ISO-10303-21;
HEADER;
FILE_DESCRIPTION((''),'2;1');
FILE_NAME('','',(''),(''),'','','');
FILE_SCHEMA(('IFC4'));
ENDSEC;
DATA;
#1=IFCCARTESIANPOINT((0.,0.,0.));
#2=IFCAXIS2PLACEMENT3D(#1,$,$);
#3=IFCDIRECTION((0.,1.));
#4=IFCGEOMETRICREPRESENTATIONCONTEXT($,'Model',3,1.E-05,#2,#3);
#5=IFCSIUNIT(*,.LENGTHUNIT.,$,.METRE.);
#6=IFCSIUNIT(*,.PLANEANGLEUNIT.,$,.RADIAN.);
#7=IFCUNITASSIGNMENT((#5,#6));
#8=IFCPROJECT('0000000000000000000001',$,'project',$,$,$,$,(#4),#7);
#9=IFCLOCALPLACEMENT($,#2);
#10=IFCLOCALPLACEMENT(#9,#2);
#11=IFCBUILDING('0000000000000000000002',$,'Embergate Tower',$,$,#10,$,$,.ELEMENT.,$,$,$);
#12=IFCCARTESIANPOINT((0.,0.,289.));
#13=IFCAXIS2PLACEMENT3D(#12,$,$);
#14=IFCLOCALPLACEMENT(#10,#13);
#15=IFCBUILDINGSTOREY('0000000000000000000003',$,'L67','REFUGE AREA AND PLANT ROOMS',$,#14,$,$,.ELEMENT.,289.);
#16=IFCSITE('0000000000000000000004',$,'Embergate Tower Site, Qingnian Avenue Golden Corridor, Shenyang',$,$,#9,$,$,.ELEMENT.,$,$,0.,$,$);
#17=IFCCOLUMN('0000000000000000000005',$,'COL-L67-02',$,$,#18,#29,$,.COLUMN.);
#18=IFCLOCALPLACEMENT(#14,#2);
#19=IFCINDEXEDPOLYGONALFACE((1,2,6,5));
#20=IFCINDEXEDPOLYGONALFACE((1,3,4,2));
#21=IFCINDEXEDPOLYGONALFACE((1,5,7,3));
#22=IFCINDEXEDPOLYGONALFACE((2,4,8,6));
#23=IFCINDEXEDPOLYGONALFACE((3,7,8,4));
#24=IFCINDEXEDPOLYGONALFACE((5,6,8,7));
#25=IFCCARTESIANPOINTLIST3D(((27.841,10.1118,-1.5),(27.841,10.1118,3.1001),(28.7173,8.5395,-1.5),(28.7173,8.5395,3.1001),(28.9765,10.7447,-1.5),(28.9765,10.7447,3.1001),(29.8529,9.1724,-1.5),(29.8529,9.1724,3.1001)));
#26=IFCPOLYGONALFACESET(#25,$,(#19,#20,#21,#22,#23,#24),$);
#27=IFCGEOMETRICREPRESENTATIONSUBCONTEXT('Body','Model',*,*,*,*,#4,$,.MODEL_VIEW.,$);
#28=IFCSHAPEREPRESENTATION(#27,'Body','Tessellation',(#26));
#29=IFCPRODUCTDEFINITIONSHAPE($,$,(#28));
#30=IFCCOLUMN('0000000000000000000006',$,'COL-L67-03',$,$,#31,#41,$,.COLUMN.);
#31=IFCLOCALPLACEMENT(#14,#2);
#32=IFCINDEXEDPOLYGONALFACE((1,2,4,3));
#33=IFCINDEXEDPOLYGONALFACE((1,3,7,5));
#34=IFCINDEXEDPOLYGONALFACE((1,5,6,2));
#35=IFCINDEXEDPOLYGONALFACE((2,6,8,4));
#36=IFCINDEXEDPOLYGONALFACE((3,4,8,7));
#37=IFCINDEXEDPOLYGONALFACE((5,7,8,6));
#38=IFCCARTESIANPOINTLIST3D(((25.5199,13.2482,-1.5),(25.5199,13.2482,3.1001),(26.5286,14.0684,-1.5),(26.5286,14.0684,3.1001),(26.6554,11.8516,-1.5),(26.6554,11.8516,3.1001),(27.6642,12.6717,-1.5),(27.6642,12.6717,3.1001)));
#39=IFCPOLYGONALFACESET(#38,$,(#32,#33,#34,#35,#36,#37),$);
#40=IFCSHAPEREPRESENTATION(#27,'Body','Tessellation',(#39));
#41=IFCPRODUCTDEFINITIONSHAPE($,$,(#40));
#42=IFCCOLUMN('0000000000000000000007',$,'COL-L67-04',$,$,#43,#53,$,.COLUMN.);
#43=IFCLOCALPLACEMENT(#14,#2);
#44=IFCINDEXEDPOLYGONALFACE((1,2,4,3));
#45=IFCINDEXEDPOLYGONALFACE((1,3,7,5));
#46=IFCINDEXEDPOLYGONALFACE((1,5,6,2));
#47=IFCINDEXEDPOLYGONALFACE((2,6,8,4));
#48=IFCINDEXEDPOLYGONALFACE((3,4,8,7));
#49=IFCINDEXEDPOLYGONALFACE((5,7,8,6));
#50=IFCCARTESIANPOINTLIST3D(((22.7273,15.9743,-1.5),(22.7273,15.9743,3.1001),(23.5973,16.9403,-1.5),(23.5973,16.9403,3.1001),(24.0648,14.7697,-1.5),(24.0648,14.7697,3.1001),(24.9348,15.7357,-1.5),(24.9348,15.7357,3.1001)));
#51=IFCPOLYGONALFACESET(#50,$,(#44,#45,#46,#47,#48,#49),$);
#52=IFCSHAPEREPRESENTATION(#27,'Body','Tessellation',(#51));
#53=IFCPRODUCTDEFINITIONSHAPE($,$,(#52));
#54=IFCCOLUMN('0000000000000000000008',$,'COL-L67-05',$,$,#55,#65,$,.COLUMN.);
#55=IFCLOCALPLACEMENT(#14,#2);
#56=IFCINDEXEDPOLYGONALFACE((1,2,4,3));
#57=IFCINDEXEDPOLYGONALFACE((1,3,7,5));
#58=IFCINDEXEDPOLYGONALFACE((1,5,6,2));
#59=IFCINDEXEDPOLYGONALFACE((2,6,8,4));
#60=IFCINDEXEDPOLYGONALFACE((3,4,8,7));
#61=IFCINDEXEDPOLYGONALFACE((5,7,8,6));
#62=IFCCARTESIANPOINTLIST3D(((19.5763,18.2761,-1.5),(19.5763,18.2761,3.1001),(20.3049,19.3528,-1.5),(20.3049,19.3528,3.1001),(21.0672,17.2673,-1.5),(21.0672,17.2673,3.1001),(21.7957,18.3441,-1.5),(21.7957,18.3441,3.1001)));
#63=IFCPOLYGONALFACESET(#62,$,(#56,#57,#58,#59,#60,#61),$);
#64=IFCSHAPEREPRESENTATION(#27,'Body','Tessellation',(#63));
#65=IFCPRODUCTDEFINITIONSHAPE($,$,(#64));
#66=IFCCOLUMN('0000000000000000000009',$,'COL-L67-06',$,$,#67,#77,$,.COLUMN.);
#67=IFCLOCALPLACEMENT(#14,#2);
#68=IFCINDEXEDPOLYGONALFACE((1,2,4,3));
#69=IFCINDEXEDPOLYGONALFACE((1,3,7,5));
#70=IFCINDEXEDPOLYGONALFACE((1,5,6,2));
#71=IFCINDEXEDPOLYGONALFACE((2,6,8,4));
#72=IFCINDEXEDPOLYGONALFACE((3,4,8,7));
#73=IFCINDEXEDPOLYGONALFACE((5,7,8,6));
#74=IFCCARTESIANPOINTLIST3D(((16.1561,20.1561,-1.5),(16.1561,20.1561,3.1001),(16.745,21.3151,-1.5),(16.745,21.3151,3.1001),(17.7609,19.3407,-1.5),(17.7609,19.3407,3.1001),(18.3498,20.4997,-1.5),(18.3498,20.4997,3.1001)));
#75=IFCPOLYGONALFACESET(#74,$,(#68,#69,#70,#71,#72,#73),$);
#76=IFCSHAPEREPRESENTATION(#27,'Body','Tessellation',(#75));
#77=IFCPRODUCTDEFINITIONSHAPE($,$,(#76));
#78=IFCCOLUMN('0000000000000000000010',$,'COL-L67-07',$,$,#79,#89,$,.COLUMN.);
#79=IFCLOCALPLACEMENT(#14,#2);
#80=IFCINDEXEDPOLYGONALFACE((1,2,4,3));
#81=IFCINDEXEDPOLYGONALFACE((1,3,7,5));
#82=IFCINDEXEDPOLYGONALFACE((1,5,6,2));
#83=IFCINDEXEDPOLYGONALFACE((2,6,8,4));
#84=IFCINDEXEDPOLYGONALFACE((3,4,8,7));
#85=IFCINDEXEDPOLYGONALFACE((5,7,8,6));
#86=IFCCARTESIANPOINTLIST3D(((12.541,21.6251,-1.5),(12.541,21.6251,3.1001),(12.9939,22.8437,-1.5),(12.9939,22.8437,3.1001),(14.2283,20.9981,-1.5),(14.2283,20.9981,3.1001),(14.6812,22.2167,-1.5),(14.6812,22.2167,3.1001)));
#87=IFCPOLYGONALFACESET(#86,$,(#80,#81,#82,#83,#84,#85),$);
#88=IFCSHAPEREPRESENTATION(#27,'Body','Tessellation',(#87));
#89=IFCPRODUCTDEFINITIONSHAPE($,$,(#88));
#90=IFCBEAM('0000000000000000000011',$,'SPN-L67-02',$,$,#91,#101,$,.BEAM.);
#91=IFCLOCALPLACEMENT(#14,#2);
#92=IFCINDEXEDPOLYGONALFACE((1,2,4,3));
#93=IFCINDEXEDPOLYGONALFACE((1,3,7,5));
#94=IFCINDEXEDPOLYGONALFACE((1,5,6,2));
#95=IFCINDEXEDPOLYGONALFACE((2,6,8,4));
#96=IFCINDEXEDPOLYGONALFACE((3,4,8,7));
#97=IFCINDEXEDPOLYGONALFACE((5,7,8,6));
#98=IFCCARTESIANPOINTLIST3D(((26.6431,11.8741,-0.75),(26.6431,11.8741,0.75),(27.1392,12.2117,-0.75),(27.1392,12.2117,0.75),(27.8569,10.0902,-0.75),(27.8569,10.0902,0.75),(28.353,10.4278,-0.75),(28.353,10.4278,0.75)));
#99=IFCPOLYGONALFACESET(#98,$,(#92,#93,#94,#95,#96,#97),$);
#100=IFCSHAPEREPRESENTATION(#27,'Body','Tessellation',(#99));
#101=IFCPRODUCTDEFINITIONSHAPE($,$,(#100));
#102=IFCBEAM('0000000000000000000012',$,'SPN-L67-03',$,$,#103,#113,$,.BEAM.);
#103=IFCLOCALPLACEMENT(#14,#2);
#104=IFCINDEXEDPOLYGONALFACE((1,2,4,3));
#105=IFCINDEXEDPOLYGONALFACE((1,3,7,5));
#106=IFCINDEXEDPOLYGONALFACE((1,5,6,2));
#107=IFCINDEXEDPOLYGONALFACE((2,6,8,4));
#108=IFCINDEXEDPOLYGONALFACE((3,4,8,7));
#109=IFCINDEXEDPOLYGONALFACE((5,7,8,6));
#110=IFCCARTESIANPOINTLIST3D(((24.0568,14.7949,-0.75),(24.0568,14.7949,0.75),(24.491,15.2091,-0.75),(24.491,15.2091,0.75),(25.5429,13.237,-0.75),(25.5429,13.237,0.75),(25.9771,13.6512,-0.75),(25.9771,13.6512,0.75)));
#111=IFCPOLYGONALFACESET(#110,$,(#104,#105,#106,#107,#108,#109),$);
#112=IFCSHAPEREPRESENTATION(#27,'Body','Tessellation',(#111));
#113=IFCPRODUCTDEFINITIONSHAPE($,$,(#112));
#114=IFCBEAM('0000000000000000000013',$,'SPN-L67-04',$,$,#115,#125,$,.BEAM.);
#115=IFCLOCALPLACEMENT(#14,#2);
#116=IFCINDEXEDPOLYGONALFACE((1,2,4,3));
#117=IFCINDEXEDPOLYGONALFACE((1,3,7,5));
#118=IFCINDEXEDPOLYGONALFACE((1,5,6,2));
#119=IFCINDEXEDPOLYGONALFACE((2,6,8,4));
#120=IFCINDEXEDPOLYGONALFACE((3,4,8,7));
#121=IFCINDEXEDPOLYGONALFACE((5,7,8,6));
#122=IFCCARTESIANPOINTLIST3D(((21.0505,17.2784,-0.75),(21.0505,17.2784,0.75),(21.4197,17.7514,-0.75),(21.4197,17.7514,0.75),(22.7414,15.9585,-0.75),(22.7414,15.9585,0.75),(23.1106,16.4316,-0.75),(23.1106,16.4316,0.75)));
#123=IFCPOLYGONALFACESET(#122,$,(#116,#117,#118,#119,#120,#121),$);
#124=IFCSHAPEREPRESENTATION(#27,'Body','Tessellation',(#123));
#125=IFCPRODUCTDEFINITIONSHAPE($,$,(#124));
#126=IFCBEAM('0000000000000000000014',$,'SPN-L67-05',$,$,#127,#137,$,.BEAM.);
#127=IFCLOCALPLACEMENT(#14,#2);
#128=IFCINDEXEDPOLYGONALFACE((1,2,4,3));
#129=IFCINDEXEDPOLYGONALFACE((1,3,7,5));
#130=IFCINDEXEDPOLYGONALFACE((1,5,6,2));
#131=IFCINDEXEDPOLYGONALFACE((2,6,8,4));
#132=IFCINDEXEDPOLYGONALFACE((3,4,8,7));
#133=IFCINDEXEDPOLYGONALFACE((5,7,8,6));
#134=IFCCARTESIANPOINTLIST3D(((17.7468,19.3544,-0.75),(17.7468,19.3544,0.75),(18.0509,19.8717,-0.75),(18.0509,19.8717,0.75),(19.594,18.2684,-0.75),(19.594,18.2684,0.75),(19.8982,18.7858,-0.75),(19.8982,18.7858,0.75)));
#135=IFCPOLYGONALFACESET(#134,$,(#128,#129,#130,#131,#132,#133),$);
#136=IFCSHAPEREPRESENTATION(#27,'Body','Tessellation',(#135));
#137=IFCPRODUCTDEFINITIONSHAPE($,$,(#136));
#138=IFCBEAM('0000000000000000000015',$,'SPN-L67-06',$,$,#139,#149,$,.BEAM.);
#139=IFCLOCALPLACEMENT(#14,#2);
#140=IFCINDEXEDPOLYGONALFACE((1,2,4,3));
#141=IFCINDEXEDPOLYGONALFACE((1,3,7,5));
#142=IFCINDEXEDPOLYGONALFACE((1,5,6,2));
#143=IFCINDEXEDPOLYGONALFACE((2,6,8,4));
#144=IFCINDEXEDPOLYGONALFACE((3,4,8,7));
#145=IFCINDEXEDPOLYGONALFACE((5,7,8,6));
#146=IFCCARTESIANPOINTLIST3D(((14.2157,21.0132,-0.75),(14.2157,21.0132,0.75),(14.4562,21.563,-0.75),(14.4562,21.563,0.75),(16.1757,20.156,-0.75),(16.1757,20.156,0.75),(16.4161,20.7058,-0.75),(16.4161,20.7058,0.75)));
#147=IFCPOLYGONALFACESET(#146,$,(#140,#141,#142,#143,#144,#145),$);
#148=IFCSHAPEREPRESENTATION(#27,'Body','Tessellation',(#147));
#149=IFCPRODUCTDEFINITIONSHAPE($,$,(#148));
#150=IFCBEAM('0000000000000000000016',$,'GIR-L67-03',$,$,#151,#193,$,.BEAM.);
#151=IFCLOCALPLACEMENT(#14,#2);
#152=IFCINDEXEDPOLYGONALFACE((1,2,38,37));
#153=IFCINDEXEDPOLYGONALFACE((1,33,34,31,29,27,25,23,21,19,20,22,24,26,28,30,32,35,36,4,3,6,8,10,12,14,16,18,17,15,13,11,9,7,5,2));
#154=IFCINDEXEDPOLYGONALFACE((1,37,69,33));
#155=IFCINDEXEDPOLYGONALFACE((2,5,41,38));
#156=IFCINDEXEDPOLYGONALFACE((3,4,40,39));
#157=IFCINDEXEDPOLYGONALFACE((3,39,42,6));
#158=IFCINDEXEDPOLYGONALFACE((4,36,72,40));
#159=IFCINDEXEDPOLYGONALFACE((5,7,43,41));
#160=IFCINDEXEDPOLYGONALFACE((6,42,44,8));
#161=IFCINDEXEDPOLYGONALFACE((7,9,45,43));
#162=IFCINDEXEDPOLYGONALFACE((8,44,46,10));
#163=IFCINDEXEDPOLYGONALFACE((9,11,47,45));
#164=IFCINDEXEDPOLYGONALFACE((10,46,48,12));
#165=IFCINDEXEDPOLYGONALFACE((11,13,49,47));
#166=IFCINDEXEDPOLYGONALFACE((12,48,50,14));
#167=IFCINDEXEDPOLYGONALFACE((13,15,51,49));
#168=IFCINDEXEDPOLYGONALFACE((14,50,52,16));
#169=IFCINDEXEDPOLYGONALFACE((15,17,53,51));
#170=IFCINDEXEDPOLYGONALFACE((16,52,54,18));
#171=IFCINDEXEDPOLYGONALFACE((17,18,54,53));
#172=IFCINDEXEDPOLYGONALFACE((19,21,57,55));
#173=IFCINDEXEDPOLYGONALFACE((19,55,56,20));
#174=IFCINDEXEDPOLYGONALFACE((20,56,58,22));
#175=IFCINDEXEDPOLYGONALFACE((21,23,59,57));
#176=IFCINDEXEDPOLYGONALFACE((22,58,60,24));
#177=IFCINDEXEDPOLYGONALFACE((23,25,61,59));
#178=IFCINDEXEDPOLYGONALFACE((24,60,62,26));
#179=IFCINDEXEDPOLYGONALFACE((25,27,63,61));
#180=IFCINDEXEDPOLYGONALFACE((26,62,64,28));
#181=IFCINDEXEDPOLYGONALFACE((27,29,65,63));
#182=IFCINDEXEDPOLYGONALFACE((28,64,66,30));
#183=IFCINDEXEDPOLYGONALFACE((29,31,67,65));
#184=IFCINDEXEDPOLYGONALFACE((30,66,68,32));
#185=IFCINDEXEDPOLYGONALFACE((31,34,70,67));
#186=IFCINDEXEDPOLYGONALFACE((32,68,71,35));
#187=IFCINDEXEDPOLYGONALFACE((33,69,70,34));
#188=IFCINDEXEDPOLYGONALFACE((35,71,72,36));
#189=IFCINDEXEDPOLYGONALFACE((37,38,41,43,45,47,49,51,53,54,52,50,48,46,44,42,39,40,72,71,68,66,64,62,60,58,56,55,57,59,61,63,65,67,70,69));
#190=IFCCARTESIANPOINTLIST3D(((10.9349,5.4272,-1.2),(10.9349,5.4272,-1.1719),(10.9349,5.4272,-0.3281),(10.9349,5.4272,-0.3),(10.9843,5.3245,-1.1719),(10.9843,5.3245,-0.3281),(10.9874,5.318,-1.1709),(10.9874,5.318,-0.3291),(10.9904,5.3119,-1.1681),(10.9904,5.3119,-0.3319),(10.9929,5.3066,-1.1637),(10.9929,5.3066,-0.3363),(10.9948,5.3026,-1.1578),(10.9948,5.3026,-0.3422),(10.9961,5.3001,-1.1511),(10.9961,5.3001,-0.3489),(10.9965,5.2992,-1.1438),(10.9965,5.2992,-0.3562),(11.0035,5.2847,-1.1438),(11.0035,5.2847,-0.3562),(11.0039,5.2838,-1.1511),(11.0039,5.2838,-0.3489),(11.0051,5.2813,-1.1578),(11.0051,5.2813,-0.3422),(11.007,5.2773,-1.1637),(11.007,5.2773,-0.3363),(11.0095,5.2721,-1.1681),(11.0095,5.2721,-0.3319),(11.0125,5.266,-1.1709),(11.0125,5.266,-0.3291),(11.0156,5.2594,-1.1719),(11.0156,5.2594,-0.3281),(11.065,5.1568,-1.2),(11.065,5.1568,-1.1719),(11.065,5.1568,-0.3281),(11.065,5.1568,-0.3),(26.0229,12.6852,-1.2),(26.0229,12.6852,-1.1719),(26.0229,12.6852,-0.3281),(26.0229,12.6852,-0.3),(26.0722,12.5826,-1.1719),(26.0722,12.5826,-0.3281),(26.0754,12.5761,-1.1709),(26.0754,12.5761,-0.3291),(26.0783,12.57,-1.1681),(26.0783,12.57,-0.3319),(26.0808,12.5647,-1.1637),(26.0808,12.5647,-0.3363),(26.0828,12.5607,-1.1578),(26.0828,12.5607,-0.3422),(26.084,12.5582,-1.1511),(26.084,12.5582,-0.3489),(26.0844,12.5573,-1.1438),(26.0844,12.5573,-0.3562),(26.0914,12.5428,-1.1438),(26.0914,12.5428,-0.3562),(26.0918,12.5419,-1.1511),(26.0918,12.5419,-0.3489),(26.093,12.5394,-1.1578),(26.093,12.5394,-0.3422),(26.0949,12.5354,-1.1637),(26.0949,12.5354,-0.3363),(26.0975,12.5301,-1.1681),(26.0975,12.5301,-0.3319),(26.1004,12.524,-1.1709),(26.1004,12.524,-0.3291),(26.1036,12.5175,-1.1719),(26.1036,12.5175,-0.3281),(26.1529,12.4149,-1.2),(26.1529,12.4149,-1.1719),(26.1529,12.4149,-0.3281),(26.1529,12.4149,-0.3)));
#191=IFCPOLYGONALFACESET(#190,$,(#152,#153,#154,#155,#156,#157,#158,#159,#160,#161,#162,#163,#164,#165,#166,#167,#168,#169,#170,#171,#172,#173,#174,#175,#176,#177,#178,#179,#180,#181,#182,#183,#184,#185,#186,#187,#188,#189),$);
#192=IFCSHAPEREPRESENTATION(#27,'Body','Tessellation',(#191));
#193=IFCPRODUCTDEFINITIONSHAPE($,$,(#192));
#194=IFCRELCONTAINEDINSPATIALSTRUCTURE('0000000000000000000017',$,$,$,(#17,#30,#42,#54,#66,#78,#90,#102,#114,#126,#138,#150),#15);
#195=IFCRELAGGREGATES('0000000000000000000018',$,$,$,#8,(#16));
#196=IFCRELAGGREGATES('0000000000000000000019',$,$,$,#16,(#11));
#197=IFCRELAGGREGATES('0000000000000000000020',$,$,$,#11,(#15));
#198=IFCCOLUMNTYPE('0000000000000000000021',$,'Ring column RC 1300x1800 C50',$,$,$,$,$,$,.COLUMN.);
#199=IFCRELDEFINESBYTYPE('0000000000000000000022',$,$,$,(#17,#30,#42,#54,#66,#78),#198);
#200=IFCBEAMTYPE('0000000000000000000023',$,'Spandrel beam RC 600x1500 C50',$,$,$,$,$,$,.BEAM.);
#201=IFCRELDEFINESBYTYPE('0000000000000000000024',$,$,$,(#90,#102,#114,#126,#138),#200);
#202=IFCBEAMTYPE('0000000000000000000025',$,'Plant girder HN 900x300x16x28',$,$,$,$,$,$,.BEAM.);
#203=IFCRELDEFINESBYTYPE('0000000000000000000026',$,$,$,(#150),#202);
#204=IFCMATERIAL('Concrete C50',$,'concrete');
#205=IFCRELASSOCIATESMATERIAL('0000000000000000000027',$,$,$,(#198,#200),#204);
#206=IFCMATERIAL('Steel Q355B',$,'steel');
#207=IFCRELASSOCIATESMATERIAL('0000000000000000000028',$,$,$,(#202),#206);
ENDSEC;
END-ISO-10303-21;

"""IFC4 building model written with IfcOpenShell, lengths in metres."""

from ifc_helpers import new_model, si_unit, direction, frame, origin, origin_2d, place, context, subcontext, project, spatial, rectangle, i_section, extrude, source, transform, mapped, material, material_profile, profile_set, type_object, element, save


model = new_model("IFC4")

# Units and contexts
model_context = context("Model", 3, precision=1e-05, world=origin(), true_north=direction((0.0, 1.0)))
body_context = subcontext(model_context, "Body", "Model", "MODEL_VIEW")
ifc_project = project(units=[si_unit("LENGTHUNIT", "METRE"), si_unit("PLANEANGLEUNIT", "RADIAN")], contexts=[model_context])

# Site, building, storey
site_placement = place(None, origin())
site = spatial("IfcSite", under=ifc_project, at=site_placement, Name="Embergate Tower Site, Qingnian Avenue Golden Corridor, Shenyang", CompositionType="ELEMENT", RefElevation=0.0)
building_placement = place(site_placement, origin())
building = spatial("IfcBuilding", under=site, at=building_placement, Name="Embergate Tower", CompositionType="ELEMENT")
storey_placement = place(building_placement, frame((0.0, 0.0, 289.0)))
storey = spatial("IfcBuildingStorey", under=building, at=storey_placement, Name="L67", Description="REFUGE AREA AND PLANT ROOMS", CompositionType="ELEMENT", Elevation=289.0)

# Columns
ifc_material_1 = material(Name="Concrete C50", Category="concrete")
ifc_material_profile_1 = material_profile(ifc_material_1, rectangle(XDim=1.3, YDim=1.8, at=origin_2d()), Name="RC 1300x1800")
ifc_profile_set_1 = profile_set([ifc_material_profile_1], Name="Concrete C50")
column_type = type_object("IfcColumnType", Name="Ring column RC 1300x1800 C50", PredefinedType="COLUMN", material=ifc_profile_set_1)
shared_shape_1 = source(origin(), body_context, "Body", "SweptSolid", [
    extrude(rectangle(XDim=1.3, YDim=1.8, at=origin_2d()), origin(), (0.0, 0.0, 1.0), 4.6001),
])
for number, where, z_axis, x_axis, name in (
    (1, (28.8469, 9.6421, -1.5), (0.0, 0.0, 1.0), (0.873492, 0.486839, 0.0), "COL-L67-02"),
    (2, (26.592, 12.96, -1.5), (0.0, 0.0, 1.0), (0.775914, 0.630838, 0.0), "COL-L67-03"),
    (3, (23.8311, 15.855, -1.5), (0.0, 0.0, 1.0), (0.669208, 0.743075, 0.0), "COL-L67-04"),
    (4, (20.686, 18.3101, -1.5), (0.0, 0.0, 1.0), (0.560393, 0.828227, 0.0), "COL-L67-05"),
    (5, (17.2529, 20.3279, -1.5), (0.0, 0.0, 1.0), (0.452995, 0.891513, 0.0), "COL-L67-06"),
    (6, (13.6111, 21.9209, -1.5), (0.0, 0.0, 1.0), (0.348343, 0.937367, 0.0), "COL-L67-07"),
):
    element("IfcColumn", number, at=place(storey_placement, frame(where, z_axis=z_axis, x_axis=x_axis)), inside=storey, type_object=column_type, Name=name, PredefinedType="COLUMN", context=body_context, shape_type="MappedRepresentation", body=[
        mapped(shared_shape_1, transform((0.0, 0.0, 0.0))),
    ])

# Beams
ifc_material_profile_2 = material_profile(ifc_material_1, rectangle(XDim=0.6001, YDim=1.5, at=origin_2d()), Name="RC 600x1500")
ifc_profile_set_2 = profile_set([ifc_material_profile_2], Name="Concrete C50")
beam_type_1 = type_object("IfcBeamType", Name="Spandrel beam RC 600x1500 C50", PredefinedType="BEAM", material=ifc_profile_set_2)
shared_shape_2 = source(origin(), body_context, "Body", "SweptSolid", [
    extrude(rectangle(XDim=0.6001, YDim=1.5, at=origin_2d()), origin(), (0.0, 0.0, 1.0), 2.1577),
])
beam_1_placement = place(storey_placement, frame((28.105, 10.259, 0.0), z_axis=(-0.562561, 0.826756, 0.0), x_axis=(-0.826756, -0.562561, 0.0)))
element("IfcBeam", 7, at=beam_1_placement, inside=storey, type_object=beam_type_1, Name="SPN-L67-02", PredefinedType="BEAM", context=body_context, shape_type="MappedRepresentation", body=[
    mapped(shared_shape_2, transform((0.0, 0.0, 0.0))),
])
shared_shape_3 = source(origin(), body_context, "Body", "SweptSolid", [
    extrude(rectangle(XDim=0.6001, YDim=1.5, at=origin_2d()), origin(), (0.0, 0.0, 1.0), 2.1531),
])
beam_2_placement = place(storey_placement, frame((25.76, 13.4441, 0.0), z_axis=(-0.690241, 0.723579, 0.0), x_axis=(-0.723579, -0.690241, 0.0)))
element("IfcBeam", 8, at=beam_2_placement, inside=storey, type_object=beam_type_1, Name="SPN-L67-03", PredefinedType="BEAM", context=body_context, shape_type="MappedRepresentation", body=[
    mapped(shared_shape_3, transform((0.0, 0.0, 0.0))),
])
shared_shape_4 = source(origin(), body_context, "Body", "SweptSolid", [
    extrude(rectangle(XDim=0.6001, YDim=1.5, at=origin_2d()), origin(), (0.0, 0.0, 1.0), 2.145),
])
beam_3_placement = place(storey_placement, frame((22.926, 16.1951, 0.0), z_axis=(-0.788297, 0.615295, 0.0), x_axis=(-0.615295, -0.788297, 0.0)))
element("IfcBeam", 9, at=beam_3_placement, inside=storey, type_object=beam_type_1, Name="SPN-L67-04", PredefinedType="BEAM", context=body_context, shape_type="MappedRepresentation", body=[
    mapped(shared_shape_4, transform((0.0, 0.0, 0.0))),
])
shared_shape_5 = source(origin(), body_context, "Body", "SweptSolid", [
    extrude(rectangle(XDim=0.6001, YDim=1.5, at=origin_2d()), origin(), (0.0, 0.0, 1.0), 2.1428),
])
beam_4_placement = place(storey_placement, frame((19.7461, 18.5271, 0.0), z_axis=(-0.862063, 0.506801, 0.0), x_axis=(-0.506801, -0.862063, 0.0)))
element("IfcBeam", 10, at=beam_4_placement, inside=storey, type_object=beam_type_1, Name="SPN-L67-05", PredefinedType="BEAM", context=body_context, shape_type="MappedRepresentation", body=[
    mapped(shared_shape_5, transform((0.0, 0.0, 0.0))),
])
shared_shape_6 = source(origin(), body_context, "Body", "SweptSolid", [
    extrude(rectangle(XDim=0.6001, YDim=1.5, at=origin_2d()), origin(), (0.0, 0.0, 1.0), 2.1392),
])
beam_5_placement = place(storey_placement, frame((16.2959, 20.4309, 0.0), z_axis=(-0.91621, 0.400699, 0.0), x_axis=(-0.400699, -0.91621, 0.0)))
element("IfcBeam", 11, at=beam_5_placement, inside=storey, type_object=beam_type_1, Name="SPN-L67-06", PredefinedType="BEAM", context=body_context, shape_type="MappedRepresentation", body=[
    mapped(shared_shape_6, transform((0.0, 0.0, 0.0))),
])
ifc_material_2 = material(Name="Steel Q355B", Category="steel")
ifc_material_profile_3 = material_profile(ifc_material_2, i_section(OverallWidth=0.3, OverallDepth=0.8999, WebThickness=0.0161, FlangeThickness=0.0281, FilletRadius=0.0281, at=origin_2d()), Name="HN 900x300x16x28")
ifc_profile_set_3 = profile_set([ifc_material_profile_3], Name="Steel Q355 grade B")
beam_type_2 = type_object("IfcBeamType", Name="Plant girder HN 900x300x16x28", PredefinedType="BEAM", material=ifc_profile_set_3)
shared_shape_7 = source(origin(), body_context, "Body", "SweptSolid", [
    extrude(i_section(OverallWidth=0.3, OverallDepth=0.8999, WebThickness=0.0161, FlangeThickness=0.0281, FilletRadius=0.0281, at=origin_2d()), origin(), (0.0, 0.0, 1.0), 16.7429),
])
beam_6_placement = place(storey_placement, frame((26.0879, 12.55, -0.75), z_axis=(-0.901153, -0.433501, 0.0), x_axis=(0.433501, -0.901153, 0.0)))
element("IfcBeam", 12, at=beam_6_placement, inside=storey, type_object=beam_type_2, Name="GIR-L67-03", PredefinedType="BEAM", context=body_context, shape_type="MappedRepresentation", body=[
    mapped(shared_shape_7, transform((0.0, 0.0, 0.0))),
])

save(model, "model.ifc")
